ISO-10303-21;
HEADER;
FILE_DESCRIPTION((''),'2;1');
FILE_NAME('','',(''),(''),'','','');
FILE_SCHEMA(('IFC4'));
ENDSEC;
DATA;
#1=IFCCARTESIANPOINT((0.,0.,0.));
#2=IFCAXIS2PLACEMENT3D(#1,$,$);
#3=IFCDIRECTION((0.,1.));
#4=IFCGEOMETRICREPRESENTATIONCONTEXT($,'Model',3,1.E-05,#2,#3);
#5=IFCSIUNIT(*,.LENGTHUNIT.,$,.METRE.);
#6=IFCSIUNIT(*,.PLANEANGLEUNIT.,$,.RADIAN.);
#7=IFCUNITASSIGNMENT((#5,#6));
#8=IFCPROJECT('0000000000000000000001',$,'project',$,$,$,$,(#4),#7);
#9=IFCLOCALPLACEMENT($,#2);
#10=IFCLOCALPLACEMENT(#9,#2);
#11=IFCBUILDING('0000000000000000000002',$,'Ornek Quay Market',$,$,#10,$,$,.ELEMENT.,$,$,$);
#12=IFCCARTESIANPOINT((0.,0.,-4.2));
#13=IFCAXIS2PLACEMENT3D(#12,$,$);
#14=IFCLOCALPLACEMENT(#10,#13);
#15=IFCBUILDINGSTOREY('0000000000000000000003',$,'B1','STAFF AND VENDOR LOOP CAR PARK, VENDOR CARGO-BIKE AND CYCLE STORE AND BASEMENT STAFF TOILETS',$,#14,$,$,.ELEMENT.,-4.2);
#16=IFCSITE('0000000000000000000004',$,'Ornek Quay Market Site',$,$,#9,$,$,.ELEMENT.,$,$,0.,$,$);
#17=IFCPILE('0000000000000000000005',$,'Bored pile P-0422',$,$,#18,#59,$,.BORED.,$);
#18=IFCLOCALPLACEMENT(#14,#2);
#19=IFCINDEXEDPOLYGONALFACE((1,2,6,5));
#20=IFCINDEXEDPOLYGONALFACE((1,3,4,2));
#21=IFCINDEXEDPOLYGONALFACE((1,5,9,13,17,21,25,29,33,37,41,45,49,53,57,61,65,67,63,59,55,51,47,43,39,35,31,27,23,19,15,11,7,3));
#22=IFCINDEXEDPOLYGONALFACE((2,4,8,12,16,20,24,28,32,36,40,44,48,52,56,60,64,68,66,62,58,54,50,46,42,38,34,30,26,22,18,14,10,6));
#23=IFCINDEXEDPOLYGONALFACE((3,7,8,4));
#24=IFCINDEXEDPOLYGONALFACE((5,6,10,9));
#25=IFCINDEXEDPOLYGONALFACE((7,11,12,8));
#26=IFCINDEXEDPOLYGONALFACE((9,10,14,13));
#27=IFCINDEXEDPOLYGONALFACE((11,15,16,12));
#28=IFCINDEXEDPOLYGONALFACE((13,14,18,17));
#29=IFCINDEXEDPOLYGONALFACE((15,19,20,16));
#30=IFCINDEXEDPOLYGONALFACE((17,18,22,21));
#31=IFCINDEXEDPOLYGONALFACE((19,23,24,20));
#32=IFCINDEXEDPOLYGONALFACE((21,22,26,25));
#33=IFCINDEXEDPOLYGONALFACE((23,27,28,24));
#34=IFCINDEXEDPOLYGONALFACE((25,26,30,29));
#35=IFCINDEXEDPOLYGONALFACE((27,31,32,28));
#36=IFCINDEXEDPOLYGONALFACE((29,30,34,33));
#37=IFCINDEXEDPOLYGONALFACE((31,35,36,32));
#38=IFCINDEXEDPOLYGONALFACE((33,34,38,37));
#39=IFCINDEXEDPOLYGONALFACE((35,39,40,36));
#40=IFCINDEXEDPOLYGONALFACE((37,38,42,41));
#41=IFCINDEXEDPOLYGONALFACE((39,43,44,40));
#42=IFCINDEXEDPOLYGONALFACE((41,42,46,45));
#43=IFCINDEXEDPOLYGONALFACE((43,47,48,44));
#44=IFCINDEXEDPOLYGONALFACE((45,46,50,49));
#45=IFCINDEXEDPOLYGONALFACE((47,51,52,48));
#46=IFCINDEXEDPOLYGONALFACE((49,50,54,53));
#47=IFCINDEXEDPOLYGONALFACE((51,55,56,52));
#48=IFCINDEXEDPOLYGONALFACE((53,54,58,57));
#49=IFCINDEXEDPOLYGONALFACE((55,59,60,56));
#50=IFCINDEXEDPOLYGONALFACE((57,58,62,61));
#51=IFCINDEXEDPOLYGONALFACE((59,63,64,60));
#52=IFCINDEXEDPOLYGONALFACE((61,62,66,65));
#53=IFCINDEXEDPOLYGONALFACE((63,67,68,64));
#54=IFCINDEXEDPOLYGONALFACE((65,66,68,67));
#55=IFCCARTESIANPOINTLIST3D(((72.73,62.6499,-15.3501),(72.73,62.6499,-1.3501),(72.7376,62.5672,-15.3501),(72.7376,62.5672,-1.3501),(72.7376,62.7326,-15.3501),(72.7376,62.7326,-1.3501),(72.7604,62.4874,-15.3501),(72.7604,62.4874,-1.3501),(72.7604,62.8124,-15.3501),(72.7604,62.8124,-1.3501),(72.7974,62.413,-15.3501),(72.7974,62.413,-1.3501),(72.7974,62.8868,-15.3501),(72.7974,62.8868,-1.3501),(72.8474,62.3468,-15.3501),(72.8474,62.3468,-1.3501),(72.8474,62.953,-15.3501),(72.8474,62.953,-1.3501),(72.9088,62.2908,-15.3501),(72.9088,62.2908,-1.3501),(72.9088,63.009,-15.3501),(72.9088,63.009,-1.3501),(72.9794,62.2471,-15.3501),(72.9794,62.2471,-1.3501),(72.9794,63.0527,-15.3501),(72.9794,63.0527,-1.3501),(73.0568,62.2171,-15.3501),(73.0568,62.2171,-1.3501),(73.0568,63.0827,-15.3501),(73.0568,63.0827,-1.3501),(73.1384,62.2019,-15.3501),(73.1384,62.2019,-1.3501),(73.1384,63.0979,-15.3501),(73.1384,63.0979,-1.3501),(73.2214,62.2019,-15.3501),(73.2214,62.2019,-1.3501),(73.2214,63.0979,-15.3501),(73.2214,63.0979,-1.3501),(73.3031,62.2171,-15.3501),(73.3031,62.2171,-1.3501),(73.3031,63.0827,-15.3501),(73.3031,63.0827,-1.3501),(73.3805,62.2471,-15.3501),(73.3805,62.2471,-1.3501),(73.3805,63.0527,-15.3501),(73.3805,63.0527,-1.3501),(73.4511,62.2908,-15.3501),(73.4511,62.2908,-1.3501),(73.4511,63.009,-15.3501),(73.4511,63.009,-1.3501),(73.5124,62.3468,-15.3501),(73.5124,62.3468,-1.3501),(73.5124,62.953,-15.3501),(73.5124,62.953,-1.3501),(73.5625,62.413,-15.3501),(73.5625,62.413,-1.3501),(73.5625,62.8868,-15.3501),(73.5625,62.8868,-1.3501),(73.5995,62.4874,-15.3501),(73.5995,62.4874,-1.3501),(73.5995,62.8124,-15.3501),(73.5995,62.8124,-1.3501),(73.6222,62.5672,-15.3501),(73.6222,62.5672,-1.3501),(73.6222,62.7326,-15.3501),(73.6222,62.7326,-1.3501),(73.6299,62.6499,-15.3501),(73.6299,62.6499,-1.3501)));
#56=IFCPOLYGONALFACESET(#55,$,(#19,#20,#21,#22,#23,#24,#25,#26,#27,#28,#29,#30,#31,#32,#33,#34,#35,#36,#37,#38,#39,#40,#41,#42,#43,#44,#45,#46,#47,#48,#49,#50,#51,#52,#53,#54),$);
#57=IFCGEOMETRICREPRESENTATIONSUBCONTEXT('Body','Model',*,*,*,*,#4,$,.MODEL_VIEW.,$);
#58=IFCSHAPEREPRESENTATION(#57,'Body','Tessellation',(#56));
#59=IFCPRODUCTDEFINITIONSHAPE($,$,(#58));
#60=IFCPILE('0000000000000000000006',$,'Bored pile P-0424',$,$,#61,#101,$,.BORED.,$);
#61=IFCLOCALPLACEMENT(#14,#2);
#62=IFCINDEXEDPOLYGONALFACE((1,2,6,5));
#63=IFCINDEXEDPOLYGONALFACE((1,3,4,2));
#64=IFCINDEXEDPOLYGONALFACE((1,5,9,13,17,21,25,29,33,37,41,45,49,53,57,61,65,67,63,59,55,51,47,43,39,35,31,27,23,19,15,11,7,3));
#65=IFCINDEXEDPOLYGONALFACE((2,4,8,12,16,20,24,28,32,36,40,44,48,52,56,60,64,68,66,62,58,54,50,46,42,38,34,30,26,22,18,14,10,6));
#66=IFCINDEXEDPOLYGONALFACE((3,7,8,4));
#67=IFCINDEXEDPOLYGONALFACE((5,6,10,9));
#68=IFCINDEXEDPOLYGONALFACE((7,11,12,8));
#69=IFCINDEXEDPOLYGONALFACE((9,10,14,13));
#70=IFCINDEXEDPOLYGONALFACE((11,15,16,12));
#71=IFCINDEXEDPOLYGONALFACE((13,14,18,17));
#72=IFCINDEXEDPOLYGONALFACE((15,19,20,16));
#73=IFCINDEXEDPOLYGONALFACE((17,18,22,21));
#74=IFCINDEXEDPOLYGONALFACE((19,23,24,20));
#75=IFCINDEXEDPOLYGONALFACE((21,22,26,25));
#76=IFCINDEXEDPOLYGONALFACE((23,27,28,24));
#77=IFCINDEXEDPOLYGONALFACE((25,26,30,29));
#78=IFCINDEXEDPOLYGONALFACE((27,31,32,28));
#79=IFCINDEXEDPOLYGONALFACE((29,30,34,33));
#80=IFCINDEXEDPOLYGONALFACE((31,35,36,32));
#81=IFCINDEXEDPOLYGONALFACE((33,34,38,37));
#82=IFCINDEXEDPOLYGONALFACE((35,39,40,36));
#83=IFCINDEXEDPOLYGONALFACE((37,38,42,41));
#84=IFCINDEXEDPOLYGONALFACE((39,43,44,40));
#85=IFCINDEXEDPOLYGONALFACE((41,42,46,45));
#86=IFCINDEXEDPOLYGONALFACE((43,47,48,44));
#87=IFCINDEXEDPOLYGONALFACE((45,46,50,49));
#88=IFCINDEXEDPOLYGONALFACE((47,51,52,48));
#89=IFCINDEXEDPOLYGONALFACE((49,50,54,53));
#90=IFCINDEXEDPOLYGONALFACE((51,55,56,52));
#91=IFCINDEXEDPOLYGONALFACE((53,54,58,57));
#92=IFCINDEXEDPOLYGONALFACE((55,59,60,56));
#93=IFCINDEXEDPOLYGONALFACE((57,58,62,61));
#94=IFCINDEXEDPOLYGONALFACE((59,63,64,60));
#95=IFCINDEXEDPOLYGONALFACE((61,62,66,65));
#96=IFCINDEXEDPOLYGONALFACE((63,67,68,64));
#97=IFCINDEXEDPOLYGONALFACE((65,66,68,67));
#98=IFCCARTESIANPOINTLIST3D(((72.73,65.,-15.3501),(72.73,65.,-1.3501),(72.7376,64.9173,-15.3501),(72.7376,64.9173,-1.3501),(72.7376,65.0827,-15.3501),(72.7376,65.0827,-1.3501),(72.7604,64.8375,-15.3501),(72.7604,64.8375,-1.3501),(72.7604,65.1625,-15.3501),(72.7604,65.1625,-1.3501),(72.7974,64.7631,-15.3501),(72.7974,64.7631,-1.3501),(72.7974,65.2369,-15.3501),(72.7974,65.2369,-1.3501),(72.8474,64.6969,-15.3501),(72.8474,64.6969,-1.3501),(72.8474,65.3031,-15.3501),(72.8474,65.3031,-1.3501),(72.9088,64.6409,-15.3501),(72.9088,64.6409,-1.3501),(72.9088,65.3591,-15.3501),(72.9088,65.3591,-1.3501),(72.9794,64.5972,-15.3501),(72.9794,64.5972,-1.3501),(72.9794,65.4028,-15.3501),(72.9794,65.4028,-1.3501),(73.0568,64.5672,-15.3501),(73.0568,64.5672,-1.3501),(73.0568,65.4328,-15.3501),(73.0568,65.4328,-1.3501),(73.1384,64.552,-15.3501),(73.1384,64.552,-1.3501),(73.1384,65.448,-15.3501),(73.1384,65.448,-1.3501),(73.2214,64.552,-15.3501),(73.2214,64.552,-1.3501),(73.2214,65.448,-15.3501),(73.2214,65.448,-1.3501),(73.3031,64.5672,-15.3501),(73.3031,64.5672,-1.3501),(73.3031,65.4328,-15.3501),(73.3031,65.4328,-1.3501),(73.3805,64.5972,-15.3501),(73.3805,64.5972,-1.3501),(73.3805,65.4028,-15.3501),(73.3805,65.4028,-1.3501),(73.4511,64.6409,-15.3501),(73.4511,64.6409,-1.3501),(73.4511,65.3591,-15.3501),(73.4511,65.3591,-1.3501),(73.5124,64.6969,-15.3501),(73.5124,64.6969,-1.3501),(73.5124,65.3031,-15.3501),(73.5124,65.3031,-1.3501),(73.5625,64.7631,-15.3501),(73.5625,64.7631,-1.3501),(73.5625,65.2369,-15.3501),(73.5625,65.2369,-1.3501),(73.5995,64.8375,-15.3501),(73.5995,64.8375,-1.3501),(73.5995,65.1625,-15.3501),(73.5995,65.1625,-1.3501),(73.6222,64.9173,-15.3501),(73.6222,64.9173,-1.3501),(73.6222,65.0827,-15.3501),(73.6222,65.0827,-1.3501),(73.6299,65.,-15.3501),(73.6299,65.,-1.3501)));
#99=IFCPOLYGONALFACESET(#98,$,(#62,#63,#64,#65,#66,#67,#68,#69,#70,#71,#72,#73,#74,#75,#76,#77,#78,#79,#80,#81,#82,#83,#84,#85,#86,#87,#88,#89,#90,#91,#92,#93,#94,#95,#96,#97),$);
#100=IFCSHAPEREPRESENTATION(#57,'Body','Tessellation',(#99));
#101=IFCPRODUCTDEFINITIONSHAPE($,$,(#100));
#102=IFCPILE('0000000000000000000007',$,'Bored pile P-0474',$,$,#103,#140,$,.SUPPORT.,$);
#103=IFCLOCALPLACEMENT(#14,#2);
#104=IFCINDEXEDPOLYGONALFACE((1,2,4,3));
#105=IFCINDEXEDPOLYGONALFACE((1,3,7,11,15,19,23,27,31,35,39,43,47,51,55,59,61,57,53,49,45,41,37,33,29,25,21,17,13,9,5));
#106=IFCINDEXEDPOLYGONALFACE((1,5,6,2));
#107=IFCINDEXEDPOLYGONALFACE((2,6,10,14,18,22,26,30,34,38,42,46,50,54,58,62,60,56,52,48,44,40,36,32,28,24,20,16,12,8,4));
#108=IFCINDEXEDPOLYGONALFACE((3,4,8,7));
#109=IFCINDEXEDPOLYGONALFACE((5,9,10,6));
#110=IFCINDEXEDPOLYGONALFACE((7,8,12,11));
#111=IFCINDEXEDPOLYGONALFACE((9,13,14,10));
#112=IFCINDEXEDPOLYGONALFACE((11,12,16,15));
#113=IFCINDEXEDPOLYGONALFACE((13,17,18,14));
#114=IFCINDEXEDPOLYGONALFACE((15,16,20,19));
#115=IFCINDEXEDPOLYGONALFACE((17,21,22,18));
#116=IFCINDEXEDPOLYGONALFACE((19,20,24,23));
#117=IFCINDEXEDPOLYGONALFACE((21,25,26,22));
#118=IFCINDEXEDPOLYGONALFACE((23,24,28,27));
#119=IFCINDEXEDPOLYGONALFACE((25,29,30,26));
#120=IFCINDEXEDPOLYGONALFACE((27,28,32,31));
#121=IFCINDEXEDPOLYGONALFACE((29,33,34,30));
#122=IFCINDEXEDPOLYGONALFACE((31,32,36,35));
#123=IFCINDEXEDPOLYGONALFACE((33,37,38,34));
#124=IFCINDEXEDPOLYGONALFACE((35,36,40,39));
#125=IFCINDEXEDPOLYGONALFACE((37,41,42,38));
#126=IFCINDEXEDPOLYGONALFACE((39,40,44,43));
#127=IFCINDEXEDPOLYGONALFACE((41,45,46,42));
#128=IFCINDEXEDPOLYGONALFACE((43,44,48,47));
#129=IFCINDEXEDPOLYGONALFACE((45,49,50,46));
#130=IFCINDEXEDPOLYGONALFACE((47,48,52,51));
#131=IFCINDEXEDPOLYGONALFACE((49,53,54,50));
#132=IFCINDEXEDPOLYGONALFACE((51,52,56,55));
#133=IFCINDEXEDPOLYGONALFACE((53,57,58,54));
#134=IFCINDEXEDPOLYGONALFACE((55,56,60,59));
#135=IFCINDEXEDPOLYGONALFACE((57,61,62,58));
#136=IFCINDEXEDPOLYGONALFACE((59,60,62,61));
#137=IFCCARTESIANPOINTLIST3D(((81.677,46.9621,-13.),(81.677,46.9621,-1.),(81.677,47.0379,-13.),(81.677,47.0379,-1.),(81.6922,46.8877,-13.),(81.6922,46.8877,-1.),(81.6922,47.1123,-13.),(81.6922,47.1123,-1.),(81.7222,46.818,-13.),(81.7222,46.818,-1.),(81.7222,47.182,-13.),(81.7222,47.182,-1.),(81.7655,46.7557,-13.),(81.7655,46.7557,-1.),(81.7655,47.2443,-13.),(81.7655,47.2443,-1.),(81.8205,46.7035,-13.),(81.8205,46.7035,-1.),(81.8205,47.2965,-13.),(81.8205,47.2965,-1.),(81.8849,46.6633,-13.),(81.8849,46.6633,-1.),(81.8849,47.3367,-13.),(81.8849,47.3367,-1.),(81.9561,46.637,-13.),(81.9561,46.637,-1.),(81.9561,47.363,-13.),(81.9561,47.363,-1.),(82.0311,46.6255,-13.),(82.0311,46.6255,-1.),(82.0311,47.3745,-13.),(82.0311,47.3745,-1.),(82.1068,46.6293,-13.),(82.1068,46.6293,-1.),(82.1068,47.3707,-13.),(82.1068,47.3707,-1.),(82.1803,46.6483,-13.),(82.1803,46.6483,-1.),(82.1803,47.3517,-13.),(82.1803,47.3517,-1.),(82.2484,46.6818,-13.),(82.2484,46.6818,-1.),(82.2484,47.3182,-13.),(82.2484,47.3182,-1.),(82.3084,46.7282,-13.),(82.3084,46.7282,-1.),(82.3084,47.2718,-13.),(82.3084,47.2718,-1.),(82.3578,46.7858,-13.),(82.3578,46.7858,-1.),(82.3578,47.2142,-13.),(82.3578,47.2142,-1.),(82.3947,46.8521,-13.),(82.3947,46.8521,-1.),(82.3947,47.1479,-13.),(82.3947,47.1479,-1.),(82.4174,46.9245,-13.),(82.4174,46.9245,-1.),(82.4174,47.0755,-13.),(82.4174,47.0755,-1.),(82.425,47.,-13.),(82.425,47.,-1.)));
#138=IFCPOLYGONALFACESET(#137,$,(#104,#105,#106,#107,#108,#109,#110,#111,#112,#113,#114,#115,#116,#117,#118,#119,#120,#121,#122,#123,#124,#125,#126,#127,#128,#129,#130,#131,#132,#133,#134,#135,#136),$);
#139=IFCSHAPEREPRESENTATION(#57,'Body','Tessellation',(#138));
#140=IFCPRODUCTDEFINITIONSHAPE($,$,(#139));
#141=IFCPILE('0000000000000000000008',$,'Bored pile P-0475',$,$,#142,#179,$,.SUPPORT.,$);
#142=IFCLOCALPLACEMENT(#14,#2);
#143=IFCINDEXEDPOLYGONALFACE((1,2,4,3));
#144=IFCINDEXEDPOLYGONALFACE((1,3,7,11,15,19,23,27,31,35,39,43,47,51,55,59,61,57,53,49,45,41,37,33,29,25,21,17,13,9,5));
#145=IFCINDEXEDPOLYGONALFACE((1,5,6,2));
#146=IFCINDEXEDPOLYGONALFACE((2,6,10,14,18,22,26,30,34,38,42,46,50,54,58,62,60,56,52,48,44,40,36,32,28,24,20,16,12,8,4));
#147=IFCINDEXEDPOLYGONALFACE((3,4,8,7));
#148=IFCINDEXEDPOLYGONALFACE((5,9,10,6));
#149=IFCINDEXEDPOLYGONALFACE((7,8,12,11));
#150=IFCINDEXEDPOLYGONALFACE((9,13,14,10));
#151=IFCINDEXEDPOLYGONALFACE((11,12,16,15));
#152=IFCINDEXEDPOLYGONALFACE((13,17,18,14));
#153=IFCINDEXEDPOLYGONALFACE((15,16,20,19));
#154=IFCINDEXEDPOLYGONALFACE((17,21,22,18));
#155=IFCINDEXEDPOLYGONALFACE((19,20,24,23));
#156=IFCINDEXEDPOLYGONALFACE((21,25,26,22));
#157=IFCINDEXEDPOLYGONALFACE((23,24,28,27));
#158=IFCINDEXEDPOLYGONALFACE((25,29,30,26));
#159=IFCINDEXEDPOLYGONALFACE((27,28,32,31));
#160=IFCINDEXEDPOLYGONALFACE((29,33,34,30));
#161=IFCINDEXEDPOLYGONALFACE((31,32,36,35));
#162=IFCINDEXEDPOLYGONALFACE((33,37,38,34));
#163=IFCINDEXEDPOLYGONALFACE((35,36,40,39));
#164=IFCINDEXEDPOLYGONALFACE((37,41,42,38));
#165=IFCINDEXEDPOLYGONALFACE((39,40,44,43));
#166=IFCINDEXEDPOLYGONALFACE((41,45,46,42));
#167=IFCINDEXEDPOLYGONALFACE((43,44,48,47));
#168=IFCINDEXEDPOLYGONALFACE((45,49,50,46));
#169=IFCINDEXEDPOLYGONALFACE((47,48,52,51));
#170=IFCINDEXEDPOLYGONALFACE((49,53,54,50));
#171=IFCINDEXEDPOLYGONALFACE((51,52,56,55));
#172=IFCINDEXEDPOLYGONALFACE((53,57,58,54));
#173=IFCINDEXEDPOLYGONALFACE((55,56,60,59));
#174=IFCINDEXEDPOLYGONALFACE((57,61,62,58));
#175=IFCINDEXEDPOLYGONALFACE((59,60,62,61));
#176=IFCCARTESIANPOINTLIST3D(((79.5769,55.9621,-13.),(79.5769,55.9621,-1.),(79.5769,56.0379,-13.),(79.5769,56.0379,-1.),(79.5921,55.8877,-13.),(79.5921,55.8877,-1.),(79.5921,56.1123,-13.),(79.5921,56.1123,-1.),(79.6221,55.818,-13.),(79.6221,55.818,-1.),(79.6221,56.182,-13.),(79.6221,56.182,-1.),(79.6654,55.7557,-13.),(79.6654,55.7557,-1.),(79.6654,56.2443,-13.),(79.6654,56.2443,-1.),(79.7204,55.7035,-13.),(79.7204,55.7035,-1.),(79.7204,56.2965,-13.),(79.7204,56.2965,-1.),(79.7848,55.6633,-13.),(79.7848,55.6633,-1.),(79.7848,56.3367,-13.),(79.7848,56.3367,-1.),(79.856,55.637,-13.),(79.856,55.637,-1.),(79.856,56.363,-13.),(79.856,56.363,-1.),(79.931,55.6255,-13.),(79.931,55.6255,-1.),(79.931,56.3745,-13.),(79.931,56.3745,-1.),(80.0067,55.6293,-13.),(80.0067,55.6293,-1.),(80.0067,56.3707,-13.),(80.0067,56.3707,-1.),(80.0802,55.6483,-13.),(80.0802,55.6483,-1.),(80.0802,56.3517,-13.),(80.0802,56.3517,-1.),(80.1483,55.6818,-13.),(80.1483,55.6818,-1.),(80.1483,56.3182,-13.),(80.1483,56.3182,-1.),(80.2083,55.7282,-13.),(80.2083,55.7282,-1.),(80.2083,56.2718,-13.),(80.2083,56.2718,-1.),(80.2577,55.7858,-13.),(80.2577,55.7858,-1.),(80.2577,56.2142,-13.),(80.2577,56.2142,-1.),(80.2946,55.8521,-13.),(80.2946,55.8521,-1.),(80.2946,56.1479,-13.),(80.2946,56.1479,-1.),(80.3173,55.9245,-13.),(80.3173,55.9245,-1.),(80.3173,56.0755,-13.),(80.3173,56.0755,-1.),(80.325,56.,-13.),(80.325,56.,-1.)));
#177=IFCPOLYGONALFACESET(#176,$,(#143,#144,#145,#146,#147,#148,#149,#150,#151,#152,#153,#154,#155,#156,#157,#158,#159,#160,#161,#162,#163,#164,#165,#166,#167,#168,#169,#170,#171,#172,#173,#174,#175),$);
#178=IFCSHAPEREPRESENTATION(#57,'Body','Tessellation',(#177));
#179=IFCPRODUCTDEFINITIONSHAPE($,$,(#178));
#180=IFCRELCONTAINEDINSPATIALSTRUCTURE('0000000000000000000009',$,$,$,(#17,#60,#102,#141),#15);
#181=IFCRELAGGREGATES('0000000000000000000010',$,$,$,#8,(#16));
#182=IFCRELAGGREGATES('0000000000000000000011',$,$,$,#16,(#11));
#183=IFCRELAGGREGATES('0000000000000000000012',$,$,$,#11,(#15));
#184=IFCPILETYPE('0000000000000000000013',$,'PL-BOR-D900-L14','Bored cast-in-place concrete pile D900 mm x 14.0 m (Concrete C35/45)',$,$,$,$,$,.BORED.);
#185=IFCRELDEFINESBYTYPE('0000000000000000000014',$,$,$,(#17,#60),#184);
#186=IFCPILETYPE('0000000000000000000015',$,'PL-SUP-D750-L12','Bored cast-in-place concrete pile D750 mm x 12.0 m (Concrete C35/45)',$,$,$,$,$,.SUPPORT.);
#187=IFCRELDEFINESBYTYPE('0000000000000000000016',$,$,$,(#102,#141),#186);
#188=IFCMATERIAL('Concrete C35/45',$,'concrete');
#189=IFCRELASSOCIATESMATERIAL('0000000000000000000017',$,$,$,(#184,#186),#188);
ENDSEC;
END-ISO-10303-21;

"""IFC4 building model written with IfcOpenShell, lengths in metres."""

from ifc_helpers import new_model, si_unit, direction, frame, origin, origin_2d, place, context, subcontext, project, spatial, circle, extrude, material, material_profile, profile_set, type_object, element, save


model = new_model("IFC4")

# Units and contexts
model_context = context("Model", 3, precision=1e-05, world=origin(), true_north=direction((0.0, 1.0)))
body_context = subcontext(model_context, "Body", "Model", "MODEL_VIEW")
ifc_project = project(units=[si_unit("LENGTHUNIT", "METRE"), si_unit("PLANEANGLEUNIT", "RADIAN")], contexts=[model_context])

# Site, building, storey
site_placement = place(None, origin())
site = spatial("IfcSite", under=ifc_project, at=site_placement, Name="Ornek Quay Market Site", CompositionType="ELEMENT", RefElevation=0.0)
building_placement = place(site_placement, origin())
building = spatial("IfcBuilding", under=site, at=building_placement, Name="Ornek Quay Market", CompositionType="ELEMENT")
storey_placement = place(building_placement, frame((0.0, 0.0, -4.2)))
storey = spatial("IfcBuildingStorey", under=building, at=storey_placement, Name="B1", Description="STAFF AND VENDOR LOOP CAR PARK, VENDOR CARGO-BIKE AND CYCLE STORE AND BASEMENT STAFF TOILETS", CompositionType="ELEMENT", Elevation=-4.2)

# Piles
ifc_material_1 = material(Name="Concrete C35/45", Category="concrete")
ifc_material_profile_1 = material_profile(ifc_material_1, circle(Radius=0.45, at=origin_2d()), Name="PILE D900", Category="concrete")
ifc_profile_set_1 = profile_set([ifc_material_profile_1], Name="Concrete C35/45")
pile_type_1 = type_object("IfcPileType", Name="PL-BOR-D900-L14", Description="Bored cast-in-place concrete pile D900 mm x 14.0 m (Concrete C35/45)", PredefinedType="BORED", material=ifc_profile_set_1)
for number, where, z_axis, x_axis, name in (
    (1, (73.1799, 62.6499, -1.3501), (0.0, 0.0, -1.0), (1.0, 0.0, 0.0), "Bored pile P-0422"),
    (2, (73.1799, 65.0, -1.3501), (0.0, 0.0, -1.0), (1.0, 0.0, 0.0), "Bored pile P-0424"),
):
    element("IfcPile", number, at=place(storey_placement, frame(where, z_axis=z_axis, x_axis=x_axis)), inside=storey, type_object=pile_type_1, Name=name, PredefinedType="BORED", context=body_context, shape_type="SweptSolid", body=[
        extrude(circle(Radius=0.45, at=origin_2d()), origin(), (0.0, 0.0, 1.0), 14.0),
    ])
ifc_material_profile_2 = material_profile(ifc_material_1, circle(Radius=0.375, at=origin_2d()), Name="PILE D750", Category="concrete")
ifc_profile_set_2 = profile_set([ifc_material_profile_2], Name="Concrete C35/45")
pile_type_2 = type_object("IfcPileType", Name="PL-SUP-D750-L12", Description="Bored cast-in-place concrete pile D750 mm x 12.0 m (Concrete C35/45)", PredefinedType="SUPPORT", material=ifc_profile_set_2)
for number, where, z_axis, x_axis, name in (
    (3, (82.05, 47.0, -1.0), (0.0, 0.0, -1.0), (1.0, 0.0, 0.0), "Bored pile P-0474"),
    (4, (79.95, 56.0, -1.0), (0.0, 0.0, -1.0), (1.0, 0.0, 0.0), "Bored pile P-0475"),
):
    element("IfcPile", number, at=place(storey_placement, frame(where, z_axis=z_axis, x_axis=x_axis)), inside=storey, type_object=pile_type_2, Name=name, PredefinedType="SUPPORT", context=body_context, shape_type="SweptSolid", body=[
        extrude(circle(Radius=0.375, at=origin_2d()), origin(), (0.0, 0.0, 1.0), 12.0),
    ])

save(model, "model.ifc")
